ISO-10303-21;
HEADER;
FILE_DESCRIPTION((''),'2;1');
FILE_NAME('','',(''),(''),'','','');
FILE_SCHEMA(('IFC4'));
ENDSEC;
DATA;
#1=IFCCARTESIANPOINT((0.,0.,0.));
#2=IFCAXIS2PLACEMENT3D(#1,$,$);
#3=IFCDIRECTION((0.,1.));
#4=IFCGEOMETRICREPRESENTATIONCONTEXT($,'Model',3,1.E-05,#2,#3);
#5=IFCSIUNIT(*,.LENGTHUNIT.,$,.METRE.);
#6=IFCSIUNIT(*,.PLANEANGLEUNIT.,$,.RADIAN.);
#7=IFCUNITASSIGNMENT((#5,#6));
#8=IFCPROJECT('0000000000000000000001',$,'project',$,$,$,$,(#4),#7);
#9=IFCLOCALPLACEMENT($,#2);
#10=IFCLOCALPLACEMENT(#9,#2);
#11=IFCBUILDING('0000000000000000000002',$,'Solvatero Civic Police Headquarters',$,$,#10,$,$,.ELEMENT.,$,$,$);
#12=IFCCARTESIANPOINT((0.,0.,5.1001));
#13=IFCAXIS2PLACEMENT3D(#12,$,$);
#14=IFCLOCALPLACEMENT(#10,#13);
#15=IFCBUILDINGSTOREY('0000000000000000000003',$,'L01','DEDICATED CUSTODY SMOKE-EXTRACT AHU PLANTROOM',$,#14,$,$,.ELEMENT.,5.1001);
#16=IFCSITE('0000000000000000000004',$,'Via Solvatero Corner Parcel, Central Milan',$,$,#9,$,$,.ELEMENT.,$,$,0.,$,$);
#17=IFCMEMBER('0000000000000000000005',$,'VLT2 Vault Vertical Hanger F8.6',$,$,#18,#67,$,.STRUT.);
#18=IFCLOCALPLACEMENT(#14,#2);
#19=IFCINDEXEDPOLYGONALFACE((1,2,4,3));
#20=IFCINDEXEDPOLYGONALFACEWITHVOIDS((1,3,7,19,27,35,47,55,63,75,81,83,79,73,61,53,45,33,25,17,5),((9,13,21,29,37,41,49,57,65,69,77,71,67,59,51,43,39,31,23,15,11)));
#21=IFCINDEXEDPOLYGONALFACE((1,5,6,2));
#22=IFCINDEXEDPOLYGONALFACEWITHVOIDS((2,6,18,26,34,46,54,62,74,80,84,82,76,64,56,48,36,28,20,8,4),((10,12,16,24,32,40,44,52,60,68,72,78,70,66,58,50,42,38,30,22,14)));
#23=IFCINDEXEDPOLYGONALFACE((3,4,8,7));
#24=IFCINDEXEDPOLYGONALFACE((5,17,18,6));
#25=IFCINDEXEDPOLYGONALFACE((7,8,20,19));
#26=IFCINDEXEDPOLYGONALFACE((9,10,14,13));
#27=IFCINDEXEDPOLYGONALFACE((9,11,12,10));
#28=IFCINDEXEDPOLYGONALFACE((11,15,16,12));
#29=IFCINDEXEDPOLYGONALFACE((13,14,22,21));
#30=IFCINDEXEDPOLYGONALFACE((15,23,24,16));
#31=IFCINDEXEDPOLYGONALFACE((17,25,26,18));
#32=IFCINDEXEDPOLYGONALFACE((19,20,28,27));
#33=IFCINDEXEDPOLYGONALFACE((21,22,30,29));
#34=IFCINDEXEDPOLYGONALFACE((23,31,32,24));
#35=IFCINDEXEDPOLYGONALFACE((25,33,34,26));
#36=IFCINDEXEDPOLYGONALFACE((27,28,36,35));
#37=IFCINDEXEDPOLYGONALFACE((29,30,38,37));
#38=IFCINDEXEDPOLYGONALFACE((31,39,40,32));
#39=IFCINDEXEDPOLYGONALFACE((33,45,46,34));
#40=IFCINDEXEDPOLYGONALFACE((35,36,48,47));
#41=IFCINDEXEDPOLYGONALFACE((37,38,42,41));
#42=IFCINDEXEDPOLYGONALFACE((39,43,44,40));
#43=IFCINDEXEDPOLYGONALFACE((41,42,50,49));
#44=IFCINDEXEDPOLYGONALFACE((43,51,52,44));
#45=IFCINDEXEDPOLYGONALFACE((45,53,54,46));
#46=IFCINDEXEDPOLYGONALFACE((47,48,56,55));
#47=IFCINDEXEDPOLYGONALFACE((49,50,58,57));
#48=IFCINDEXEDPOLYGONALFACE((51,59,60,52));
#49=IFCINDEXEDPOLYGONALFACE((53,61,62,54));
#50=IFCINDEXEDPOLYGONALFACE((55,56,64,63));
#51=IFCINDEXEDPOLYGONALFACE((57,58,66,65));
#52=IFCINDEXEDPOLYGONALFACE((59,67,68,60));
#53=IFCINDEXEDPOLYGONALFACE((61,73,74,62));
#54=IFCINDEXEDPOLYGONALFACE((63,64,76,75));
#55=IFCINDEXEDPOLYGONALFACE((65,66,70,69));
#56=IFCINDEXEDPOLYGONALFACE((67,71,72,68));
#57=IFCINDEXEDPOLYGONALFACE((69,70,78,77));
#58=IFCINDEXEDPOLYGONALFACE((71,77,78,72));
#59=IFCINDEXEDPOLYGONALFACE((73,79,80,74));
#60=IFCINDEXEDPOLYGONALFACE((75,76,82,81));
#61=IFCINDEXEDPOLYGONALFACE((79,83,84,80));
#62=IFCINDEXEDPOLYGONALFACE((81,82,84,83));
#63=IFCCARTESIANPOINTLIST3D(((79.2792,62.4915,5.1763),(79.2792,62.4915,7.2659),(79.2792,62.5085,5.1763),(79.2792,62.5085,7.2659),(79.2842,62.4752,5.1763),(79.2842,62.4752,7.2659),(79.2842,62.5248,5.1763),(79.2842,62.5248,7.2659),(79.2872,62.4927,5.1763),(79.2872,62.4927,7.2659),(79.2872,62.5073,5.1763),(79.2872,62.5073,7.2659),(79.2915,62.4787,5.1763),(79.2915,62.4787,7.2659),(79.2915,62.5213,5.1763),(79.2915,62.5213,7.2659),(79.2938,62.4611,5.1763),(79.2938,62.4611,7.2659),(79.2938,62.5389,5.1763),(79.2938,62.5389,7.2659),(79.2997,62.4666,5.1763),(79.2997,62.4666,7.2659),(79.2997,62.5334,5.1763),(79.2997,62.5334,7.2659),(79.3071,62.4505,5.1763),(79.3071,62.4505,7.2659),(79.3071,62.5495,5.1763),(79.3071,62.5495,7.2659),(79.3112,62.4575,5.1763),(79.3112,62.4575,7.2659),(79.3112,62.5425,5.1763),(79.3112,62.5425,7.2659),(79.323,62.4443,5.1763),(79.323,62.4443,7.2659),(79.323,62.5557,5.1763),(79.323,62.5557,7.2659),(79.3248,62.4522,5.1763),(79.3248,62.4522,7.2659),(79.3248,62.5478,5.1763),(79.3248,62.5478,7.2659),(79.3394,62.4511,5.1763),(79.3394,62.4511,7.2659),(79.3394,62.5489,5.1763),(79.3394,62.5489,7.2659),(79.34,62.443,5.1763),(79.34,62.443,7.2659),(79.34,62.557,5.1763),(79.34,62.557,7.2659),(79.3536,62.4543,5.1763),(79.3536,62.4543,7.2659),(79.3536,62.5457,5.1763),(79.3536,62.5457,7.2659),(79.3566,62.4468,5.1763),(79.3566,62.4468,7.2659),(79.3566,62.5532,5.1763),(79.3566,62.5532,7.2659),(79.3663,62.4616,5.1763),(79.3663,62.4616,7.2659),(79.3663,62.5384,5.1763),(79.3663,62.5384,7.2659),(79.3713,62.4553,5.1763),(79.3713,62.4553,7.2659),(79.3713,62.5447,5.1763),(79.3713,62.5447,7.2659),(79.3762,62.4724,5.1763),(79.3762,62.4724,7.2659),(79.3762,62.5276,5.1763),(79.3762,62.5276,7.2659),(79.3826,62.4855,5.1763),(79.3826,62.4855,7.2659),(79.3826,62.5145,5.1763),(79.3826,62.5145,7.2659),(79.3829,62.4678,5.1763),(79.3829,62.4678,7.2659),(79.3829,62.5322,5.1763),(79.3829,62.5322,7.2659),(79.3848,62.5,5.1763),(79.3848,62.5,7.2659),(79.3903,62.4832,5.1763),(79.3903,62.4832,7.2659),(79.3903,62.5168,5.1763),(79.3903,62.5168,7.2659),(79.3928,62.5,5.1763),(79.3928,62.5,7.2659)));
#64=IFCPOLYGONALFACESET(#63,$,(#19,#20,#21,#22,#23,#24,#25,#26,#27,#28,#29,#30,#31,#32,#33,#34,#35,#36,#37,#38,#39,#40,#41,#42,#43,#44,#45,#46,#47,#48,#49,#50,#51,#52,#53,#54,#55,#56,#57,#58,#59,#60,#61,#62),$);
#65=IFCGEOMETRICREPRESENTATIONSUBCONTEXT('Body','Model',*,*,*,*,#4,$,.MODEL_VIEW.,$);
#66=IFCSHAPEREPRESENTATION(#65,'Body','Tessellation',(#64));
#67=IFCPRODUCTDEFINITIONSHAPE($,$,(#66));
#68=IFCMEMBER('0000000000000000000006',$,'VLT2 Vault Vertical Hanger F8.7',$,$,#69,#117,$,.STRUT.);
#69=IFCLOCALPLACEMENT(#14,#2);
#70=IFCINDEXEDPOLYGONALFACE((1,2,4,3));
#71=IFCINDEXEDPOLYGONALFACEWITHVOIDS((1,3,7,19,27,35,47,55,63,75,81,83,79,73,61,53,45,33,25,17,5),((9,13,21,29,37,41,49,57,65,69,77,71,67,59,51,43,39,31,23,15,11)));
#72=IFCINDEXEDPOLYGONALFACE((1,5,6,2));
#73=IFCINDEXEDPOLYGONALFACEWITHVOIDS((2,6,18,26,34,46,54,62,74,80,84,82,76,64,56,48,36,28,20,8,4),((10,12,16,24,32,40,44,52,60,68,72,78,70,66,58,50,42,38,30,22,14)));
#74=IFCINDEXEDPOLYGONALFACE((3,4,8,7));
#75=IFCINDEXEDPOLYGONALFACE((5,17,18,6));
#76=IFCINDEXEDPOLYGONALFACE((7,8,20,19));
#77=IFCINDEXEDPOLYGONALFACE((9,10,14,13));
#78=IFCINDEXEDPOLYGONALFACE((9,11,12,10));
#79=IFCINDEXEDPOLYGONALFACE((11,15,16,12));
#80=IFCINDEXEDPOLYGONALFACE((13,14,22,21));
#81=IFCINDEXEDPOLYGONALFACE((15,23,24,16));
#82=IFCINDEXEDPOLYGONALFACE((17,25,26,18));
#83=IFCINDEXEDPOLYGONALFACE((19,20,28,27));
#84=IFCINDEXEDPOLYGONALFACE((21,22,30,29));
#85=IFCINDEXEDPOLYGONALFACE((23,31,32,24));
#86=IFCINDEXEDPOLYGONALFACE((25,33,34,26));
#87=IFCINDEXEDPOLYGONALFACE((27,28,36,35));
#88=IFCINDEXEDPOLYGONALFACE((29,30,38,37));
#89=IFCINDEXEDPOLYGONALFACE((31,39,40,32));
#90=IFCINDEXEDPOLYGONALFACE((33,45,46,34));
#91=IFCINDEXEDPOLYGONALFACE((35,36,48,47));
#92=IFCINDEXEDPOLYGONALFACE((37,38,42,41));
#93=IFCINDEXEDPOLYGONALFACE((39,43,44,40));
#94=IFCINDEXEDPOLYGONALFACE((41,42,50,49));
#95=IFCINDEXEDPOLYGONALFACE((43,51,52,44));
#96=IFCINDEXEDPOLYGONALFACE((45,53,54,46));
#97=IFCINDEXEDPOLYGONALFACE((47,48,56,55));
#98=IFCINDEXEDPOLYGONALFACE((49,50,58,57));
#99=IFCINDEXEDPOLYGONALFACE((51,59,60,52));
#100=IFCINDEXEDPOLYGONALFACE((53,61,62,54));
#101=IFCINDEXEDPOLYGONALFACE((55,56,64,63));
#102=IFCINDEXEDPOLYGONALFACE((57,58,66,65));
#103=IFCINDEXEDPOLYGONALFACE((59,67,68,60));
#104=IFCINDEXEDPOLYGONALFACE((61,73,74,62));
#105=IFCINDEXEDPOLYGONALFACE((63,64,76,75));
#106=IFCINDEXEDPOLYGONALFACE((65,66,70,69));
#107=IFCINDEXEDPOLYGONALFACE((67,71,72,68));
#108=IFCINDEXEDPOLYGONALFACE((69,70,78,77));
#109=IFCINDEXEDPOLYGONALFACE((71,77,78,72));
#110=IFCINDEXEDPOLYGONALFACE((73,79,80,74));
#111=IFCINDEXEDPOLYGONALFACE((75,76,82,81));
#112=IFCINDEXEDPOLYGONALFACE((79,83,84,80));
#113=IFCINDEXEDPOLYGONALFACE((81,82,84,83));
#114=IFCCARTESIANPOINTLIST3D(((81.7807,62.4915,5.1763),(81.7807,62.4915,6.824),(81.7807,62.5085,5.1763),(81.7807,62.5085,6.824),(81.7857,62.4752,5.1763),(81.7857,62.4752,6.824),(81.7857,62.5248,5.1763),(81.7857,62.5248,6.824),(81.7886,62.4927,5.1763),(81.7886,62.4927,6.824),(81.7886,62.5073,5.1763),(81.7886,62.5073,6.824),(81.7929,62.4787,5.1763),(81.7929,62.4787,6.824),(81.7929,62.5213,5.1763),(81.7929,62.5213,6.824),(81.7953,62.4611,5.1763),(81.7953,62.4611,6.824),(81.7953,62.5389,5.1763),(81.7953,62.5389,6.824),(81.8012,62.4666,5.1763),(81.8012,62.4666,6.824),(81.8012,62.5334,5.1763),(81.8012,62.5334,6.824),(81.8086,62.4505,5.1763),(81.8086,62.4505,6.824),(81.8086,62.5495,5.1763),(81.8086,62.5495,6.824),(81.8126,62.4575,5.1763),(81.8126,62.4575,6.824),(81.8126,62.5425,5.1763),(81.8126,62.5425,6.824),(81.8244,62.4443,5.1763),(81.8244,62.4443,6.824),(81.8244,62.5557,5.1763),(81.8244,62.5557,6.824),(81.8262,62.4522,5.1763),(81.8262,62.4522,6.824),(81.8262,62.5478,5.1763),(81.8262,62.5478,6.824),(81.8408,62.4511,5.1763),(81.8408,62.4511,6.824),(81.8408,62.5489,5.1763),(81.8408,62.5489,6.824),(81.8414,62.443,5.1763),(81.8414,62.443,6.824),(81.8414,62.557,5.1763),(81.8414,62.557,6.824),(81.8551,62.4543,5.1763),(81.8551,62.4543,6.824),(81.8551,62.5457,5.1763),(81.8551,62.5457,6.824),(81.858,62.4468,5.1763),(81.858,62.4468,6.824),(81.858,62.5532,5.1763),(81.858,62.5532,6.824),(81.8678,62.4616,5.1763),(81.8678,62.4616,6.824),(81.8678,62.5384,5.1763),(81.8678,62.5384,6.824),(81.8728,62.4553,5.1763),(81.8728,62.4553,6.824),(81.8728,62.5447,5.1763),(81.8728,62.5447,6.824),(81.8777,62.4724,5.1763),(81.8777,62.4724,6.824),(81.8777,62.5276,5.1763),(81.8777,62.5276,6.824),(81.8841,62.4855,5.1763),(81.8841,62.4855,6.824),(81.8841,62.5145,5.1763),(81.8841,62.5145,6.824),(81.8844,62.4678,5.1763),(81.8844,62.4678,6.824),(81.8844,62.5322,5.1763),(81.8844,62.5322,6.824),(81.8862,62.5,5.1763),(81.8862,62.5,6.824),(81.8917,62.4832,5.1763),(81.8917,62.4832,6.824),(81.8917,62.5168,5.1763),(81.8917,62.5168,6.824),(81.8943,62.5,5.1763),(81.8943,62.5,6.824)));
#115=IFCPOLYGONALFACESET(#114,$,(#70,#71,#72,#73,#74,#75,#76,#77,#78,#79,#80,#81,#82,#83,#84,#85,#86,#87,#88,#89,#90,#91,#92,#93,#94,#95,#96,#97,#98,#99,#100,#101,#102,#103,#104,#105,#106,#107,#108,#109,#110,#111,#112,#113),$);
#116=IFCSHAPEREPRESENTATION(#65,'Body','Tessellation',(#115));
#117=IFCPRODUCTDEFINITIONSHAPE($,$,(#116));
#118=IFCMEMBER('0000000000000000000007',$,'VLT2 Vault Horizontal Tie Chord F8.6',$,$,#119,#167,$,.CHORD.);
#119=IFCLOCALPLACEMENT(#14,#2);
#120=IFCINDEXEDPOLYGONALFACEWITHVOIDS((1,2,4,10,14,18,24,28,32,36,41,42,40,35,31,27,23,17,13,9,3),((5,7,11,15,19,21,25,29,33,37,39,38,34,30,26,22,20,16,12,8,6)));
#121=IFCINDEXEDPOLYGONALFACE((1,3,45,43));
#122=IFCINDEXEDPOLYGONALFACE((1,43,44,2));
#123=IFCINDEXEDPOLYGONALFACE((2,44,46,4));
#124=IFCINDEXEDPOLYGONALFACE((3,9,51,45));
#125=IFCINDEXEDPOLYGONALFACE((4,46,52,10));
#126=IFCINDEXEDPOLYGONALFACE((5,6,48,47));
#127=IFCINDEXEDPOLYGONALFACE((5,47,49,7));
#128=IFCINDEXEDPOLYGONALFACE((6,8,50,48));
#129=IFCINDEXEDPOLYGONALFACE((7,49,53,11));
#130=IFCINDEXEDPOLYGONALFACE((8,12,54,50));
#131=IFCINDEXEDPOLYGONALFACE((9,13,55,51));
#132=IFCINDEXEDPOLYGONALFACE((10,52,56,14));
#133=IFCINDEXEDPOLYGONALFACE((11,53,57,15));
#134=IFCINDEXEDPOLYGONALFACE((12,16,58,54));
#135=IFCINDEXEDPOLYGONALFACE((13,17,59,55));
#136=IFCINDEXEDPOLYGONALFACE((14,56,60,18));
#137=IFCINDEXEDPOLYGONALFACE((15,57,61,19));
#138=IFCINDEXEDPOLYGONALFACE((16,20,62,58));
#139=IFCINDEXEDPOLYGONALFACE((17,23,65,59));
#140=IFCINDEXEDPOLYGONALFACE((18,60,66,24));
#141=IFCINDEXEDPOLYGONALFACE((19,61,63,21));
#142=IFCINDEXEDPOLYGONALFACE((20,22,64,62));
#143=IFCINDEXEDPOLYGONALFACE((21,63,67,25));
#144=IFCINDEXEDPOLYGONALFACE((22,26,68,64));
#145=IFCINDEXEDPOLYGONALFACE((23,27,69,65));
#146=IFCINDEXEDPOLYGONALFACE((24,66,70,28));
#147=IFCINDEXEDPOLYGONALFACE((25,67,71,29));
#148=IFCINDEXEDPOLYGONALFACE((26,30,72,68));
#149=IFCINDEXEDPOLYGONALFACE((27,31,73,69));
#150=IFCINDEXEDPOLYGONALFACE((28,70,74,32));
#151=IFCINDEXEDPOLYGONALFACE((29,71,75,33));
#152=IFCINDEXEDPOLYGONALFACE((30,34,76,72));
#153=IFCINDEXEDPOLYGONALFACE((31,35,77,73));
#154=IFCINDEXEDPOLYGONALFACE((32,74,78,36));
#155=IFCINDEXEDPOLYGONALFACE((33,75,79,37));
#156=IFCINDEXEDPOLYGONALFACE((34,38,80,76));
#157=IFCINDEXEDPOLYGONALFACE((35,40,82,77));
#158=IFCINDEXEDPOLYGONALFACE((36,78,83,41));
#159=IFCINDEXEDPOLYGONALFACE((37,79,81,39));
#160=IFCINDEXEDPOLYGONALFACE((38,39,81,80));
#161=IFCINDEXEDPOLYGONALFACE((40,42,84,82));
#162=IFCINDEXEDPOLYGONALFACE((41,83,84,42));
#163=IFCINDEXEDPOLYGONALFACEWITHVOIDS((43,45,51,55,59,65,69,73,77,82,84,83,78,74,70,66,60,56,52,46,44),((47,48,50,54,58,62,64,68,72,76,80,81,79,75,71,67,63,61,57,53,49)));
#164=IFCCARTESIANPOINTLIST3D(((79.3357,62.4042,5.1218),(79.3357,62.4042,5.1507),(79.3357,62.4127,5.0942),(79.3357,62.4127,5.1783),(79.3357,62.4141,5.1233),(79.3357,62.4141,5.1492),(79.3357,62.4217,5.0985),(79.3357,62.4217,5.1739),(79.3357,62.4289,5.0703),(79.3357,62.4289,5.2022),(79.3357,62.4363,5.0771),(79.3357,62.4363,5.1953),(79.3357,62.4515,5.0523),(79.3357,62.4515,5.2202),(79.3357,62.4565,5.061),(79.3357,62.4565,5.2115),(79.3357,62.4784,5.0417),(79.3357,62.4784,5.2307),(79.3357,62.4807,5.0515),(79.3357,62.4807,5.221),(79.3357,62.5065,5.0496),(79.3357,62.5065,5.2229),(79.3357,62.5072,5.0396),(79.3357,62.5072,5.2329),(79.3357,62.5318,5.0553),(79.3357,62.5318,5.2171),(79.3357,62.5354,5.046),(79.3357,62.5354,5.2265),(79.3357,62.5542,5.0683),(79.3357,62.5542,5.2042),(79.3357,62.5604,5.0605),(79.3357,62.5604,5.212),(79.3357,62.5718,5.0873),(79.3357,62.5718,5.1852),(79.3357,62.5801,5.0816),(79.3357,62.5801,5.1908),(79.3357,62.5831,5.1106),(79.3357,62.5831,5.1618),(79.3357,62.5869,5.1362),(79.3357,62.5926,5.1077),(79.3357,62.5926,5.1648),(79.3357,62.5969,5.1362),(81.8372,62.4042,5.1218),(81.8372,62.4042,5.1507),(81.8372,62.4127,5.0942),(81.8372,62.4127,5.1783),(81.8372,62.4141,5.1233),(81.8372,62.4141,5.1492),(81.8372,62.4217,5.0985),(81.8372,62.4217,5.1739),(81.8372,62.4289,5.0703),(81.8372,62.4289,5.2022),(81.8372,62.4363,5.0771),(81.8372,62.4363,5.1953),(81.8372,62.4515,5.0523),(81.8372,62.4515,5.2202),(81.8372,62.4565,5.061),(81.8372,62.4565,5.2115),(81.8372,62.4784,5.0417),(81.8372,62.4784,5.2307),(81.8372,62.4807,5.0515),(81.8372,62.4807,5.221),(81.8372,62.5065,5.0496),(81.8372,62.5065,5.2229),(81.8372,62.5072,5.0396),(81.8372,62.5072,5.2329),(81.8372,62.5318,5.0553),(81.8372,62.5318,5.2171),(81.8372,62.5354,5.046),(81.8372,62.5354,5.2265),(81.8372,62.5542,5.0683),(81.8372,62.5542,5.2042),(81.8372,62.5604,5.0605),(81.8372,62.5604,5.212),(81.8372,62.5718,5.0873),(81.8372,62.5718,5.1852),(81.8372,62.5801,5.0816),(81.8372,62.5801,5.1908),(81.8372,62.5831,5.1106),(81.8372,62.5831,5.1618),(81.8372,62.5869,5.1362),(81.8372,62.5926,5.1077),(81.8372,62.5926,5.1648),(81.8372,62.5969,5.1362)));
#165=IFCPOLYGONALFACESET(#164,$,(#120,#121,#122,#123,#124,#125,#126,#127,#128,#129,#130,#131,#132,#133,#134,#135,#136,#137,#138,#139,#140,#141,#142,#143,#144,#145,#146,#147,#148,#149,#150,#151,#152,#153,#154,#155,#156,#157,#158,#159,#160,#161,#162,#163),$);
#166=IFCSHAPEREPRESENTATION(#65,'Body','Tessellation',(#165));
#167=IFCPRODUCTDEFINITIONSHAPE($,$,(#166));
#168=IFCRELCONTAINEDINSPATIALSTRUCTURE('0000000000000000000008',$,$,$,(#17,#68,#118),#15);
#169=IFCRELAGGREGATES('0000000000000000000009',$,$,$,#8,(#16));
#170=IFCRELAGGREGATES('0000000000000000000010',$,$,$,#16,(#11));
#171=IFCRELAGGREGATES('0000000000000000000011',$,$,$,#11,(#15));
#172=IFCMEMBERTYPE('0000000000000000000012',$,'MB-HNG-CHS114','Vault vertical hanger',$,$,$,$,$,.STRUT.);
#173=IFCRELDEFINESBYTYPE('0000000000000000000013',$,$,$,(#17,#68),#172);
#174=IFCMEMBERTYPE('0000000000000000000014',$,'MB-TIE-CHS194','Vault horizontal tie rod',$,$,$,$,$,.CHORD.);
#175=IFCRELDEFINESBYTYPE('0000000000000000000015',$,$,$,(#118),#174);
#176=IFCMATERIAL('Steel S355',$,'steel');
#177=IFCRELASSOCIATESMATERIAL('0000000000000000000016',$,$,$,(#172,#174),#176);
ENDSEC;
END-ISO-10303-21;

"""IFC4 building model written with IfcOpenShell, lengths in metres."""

from ifc_helpers import new_model, si_unit, direction, frame, origin, origin_2d, place, context, subcontext, project, spatial, hollow_circle, extrude, material, material_profile, profile_set, type_object, element, save


model = new_model("IFC4")

# Units and contexts
model_context = context("Model", 3, precision=1e-05, world=origin(), true_north=direction((0.0, 1.0)))
body_context = subcontext(model_context, "Body", "Model", "MODEL_VIEW")
ifc_project = project(units=[si_unit("LENGTHUNIT", "METRE"), si_unit("PLANEANGLEUNIT", "RADIAN")], contexts=[model_context])

# Site, building, storey
site_placement = place(None, origin())
site = spatial("IfcSite", under=ifc_project, at=site_placement, Name="Via Solvatero Corner Parcel, Central Milan", CompositionType="ELEMENT", RefElevation=0.0)
building_placement = place(site_placement, origin())
building = spatial("IfcBuilding", under=site, at=building_placement, Name="Solvatero Civic Police Headquarters", CompositionType="ELEMENT")
storey_placement = place(building_placement, frame((0.0, 0.0, 5.1001)))
storey = spatial("IfcBuildingStorey", under=building, at=storey_placement, Name="L01", Description="DEDICATED CUSTODY SMOKE-EXTRACT AHU PLANTROOM", CompositionType="ELEMENT", Elevation=5.1001)

# Shared definitions
ifc_material_1 = material(Name="Steel S355", Category="steel")

# Members
ifc_material_profile_1 = material_profile(ifc_material_1, hollow_circle(Radius=0.0571, WallThickness=0.0081, at=origin_2d()), Name="CHS 114.3x8.0")
ifc_profile_set_1 = profile_set([ifc_material_profile_1], Name="Steel S355")
member_type_1 = type_object("IfcMemberType", Name="MB-HNG-CHS114", Description="Vault vertical hanger", PredefinedType="STRUT", material=ifc_profile_set_1)
member_1_placement = place(storey_placement, frame((79.3357, 62.5, 5.1763), z_axis=(0.0, 0.0, 1.0), x_axis=(1.0, 0.0, 0.0)))
element("IfcMember", 1, at=member_1_placement, inside=storey, type_object=member_type_1, Name="VLT2 Vault Vertical Hanger F8.6", PredefinedType="STRUT", context=body_context, shape_type="SweptSolid", body=[
    extrude(hollow_circle(Radius=0.0571, WallThickness=0.0081, at=origin_2d()), origin(), (0.0, 0.0, 1.0), 2.0896),
])
member_2_placement = place(storey_placement, frame((81.8372, 62.5, 5.1763), z_axis=(0.0, 0.0, 1.0), x_axis=(1.0, 0.0, 0.0)))
element("IfcMember", 2, at=member_2_placement, inside=storey, type_object=member_type_1, Name="VLT2 Vault Vertical Hanger F8.7", PredefinedType="STRUT", context=body_context, shape_type="SweptSolid", body=[
    extrude(hollow_circle(Radius=0.0571, WallThickness=0.0081, at=origin_2d()), origin(), (0.0, 0.0, 1.0), 1.6477),
])
ifc_material_profile_2 = material_profile(ifc_material_1, hollow_circle(Radius=0.0969, WallThickness=0.01, at=origin_2d()), Name="CHS 193.7x10.0")
ifc_profile_set_2 = profile_set([ifc_material_profile_2], Name="Steel S355")
member_type_2 = type_object("IfcMemberType", Name="MB-TIE-CHS194", Description="Vault horizontal tie rod", PredefinedType="CHORD", material=ifc_profile_set_2)
member_3_placement = place(storey_placement, frame((79.3357, 62.5, 5.1362), z_axis=(1.0, 0.0, 0.0), x_axis=(0.0, 1.0, 0.0)))
element("IfcMember", 3, at=member_3_placement, inside=storey, type_object=member_type_2, Name="VLT2 Vault Horizontal Tie Chord F8.6", PredefinedType="CHORD", context=body_context, shape_type="SweptSolid", body=[
    extrude(hollow_circle(Radius=0.0969, WallThickness=0.01, at=origin_2d()), origin(), (0.0, 0.0, 1.0), 2.5015),
])

save(model, "model.ifc")
